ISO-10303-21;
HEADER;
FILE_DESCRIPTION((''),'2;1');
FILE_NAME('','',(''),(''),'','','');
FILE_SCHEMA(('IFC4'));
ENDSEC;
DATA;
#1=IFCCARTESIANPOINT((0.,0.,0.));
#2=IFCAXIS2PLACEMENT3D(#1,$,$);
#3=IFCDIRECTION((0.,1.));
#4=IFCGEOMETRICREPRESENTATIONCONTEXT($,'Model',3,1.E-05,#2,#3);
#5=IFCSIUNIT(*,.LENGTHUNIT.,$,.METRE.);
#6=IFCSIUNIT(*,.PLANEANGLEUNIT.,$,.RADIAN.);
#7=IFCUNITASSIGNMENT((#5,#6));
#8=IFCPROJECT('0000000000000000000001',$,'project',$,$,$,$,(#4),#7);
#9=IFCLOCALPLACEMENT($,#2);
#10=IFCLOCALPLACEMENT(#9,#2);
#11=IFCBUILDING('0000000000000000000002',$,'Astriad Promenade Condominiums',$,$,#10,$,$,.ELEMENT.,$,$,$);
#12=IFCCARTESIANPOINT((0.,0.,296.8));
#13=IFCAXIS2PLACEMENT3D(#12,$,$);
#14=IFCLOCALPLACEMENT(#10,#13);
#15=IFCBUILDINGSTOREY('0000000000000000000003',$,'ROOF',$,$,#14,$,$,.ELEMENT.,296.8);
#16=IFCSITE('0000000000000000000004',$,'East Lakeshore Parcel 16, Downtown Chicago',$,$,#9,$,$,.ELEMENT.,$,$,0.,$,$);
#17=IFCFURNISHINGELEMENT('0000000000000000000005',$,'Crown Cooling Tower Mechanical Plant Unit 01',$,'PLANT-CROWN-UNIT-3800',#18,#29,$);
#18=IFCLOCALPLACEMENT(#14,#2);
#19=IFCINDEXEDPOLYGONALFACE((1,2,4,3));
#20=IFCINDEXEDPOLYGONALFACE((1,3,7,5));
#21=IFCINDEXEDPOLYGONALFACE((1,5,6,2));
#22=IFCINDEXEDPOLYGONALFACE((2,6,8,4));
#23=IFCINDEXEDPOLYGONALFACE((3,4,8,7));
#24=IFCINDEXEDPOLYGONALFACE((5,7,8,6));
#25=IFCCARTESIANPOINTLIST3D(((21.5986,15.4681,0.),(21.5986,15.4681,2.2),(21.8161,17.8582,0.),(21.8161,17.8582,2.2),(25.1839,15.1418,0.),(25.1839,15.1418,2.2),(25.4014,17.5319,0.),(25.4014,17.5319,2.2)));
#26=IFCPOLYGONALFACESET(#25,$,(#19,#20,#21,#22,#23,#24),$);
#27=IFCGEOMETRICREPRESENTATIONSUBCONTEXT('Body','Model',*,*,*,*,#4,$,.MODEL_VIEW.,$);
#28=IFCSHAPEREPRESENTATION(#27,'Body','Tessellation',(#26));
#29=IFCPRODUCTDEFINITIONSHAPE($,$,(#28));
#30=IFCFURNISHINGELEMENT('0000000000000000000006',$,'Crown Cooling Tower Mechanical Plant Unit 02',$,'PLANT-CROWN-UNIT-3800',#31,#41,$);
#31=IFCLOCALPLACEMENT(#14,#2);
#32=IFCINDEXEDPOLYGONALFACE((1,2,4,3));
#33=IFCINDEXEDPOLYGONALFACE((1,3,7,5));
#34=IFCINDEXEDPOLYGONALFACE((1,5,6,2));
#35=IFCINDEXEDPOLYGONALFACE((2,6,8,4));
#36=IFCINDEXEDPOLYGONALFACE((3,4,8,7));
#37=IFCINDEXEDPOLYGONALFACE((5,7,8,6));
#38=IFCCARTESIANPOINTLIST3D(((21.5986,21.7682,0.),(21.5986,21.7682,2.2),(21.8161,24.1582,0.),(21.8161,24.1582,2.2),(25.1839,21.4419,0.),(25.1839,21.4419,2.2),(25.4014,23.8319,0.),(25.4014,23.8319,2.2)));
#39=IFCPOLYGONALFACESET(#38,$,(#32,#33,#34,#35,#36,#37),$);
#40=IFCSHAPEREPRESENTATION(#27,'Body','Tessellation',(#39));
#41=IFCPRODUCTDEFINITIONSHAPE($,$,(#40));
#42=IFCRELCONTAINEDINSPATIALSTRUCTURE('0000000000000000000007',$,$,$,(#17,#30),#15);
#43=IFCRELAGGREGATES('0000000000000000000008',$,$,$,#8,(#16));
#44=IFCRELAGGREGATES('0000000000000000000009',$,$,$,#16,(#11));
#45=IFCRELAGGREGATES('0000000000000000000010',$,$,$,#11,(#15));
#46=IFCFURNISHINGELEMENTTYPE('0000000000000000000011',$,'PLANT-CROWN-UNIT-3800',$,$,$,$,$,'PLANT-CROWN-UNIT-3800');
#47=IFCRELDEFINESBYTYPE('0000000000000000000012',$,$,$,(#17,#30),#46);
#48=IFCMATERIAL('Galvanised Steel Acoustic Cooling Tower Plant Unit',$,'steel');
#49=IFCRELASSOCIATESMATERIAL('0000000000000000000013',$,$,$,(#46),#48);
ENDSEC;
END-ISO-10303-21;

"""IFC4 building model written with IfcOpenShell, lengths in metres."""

from ifc_helpers import new_model, si_unit, direction, frame, origin, origin_2d, place, context, subcontext, project, spatial, rectangle, extrude, source, transform, mapped, material, type_object, type_shapes, element, save


model = new_model("IFC4")

# Units and contexts
model_context = context("Model", 3, precision=1e-05, world=origin(), true_north=direction((0.0, 1.0)))
body_context = subcontext(model_context, "Body", "Model", "MODEL_VIEW")
ifc_project = project(units=[si_unit("LENGTHUNIT", "METRE"), si_unit("PLANEANGLEUNIT", "RADIAN")], contexts=[model_context])

# Site, building, storey
site_placement = place(None, origin())
site = spatial("IfcSite", under=ifc_project, at=site_placement, Name="East Lakeshore Parcel 16, Downtown Chicago", CompositionType="ELEMENT", RefElevation=0.0)
building_placement = place(site_placement, origin())
building = spatial("IfcBuilding", under=site, at=building_placement, Name="Astriad Promenade Condominiums", CompositionType="ELEMENT")
storey_placement = place(building_placement, frame((0.0, 0.0, 296.8)))
storey = spatial("IfcBuildingStorey", under=building, at=storey_placement, Name="ROOF", CompositionType="ELEMENT", Elevation=296.8)

# Furnishing elements
ifc_material_1 = material(Name="Galvanised Steel Acoustic Cooling Tower Plant Unit", Category="steel")
furnishing_element_type = type_object("IfcFurnishingElementType", Name="PLANT-CROWN-UNIT-3800", ElementType="PLANT-CROWN-UNIT-3800", material=ifc_material_1)
shared_shape_1 = source(origin(), body_context, "Body", "SweptSolid", [
    extrude(rectangle(XDim=3.6001, YDim=2.3999, at=origin_2d()), origin(), (0.0, 0.0, 1.0), 2.2),
])
type_shapes(furnishing_element_type, [shared_shape_1])
for number, where, z_axis, x_axis, name in (
    (1, (23.5, 16.5, 0.0), (0.0, 0.0, 1.0), (0.995884, -0.090633, 0.0), "Crown Cooling Tower Mechanical Plant Unit 01"),
    (2, (23.5, 22.8, 0.0), (0.0, 0.0, 1.0), (0.995884, -0.090633, 0.0), "Crown Cooling Tower Mechanical Plant Unit 02"),
):
    element("IfcFurnishingElement", number, at=place(storey_placement, frame(where, z_axis=z_axis, x_axis=x_axis)), inside=storey, type_object=furnishing_element_type, Name=name, ObjectType="PLANT-CROWN-UNIT-3800", context=body_context, shape_type="MappedRepresentation", body=[
        mapped(shared_shape_1, transform((0.0, 0.0, 0.0), scale=1.0)),
    ])

save(model, "model.ifc")
